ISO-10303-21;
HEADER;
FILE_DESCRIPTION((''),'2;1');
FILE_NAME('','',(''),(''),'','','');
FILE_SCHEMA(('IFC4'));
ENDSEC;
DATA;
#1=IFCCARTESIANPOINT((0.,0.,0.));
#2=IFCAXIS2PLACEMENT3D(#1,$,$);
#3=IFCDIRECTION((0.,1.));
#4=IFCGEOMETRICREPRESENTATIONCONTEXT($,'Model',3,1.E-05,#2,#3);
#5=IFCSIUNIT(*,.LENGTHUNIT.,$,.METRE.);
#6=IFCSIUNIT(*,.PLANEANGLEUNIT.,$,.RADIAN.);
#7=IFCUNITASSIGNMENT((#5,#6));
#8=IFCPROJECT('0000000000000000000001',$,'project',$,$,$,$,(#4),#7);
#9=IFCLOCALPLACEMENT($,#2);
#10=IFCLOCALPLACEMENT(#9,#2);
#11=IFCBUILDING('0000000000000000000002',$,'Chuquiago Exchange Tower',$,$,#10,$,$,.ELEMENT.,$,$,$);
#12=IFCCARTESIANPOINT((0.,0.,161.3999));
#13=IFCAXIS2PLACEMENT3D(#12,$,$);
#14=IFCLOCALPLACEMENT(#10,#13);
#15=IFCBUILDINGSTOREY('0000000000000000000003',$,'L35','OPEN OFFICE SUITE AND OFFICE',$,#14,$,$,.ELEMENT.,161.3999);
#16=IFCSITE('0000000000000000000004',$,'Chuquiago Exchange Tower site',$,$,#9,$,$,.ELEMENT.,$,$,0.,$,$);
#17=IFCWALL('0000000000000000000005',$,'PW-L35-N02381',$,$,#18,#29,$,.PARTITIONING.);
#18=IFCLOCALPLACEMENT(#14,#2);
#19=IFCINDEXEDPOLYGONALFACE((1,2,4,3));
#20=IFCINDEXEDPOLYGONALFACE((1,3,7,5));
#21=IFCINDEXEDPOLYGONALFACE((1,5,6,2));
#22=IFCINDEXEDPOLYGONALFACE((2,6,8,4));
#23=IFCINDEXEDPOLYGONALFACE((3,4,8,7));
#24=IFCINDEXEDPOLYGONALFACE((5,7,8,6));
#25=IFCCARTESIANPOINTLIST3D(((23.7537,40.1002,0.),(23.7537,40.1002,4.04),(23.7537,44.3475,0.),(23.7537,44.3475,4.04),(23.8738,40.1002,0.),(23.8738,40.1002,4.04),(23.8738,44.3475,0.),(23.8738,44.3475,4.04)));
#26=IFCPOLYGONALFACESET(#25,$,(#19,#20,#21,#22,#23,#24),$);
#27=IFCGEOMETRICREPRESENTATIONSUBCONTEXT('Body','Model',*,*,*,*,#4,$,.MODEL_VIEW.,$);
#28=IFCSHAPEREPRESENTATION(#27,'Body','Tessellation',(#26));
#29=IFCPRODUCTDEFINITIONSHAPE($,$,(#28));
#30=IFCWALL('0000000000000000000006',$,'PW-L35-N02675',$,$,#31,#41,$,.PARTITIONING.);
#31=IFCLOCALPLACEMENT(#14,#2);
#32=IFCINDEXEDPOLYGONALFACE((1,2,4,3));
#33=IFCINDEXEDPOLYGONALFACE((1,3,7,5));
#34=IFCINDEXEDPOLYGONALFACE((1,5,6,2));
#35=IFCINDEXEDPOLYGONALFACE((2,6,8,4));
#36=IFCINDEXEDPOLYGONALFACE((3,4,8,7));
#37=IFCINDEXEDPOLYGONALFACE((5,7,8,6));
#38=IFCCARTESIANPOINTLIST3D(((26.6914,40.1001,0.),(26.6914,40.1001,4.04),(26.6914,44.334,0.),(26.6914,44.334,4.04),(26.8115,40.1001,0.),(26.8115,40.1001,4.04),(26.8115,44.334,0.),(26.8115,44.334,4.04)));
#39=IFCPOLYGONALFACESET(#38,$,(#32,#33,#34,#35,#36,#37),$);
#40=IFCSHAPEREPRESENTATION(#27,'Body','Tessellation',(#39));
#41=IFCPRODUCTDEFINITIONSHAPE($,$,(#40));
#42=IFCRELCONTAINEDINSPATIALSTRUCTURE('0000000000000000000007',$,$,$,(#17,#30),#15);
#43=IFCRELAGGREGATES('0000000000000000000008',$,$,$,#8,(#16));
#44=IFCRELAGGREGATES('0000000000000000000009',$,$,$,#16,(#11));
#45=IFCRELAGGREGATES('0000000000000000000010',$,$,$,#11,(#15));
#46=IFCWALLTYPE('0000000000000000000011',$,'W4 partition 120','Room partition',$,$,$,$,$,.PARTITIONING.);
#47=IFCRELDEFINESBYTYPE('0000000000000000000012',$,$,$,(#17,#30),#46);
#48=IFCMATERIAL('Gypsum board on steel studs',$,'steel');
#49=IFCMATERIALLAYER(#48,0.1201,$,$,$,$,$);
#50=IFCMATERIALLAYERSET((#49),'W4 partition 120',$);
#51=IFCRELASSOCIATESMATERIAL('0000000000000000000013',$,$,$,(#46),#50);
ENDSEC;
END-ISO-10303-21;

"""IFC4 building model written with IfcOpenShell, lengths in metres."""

from ifc_helpers import new_model, si_unit, direction, frame, frame_2d, origin, place, context, subcontext, project, spatial, rectangle, extrude, material, layer, layer_set, type_object, element, save


model = new_model("IFC4")

# Units and contexts
model_context = context("Model", 3, precision=1e-05, world=origin(), true_north=direction((0.0, 1.0)))
body_context = subcontext(model_context, "Body", "Model", "MODEL_VIEW")
ifc_project = project(units=[si_unit("LENGTHUNIT", "METRE"), si_unit("PLANEANGLEUNIT", "RADIAN")], contexts=[model_context])

# Site, building, storey
site_placement = place(None, origin())
site = spatial("IfcSite", under=ifc_project, at=site_placement, Name="Chuquiago Exchange Tower site", CompositionType="ELEMENT", RefElevation=0.0)
building_placement = place(site_placement, origin())
building = spatial("IfcBuilding", under=site, at=building_placement, Name="Chuquiago Exchange Tower", CompositionType="ELEMENT")
storey_placement = place(building_placement, frame((0.0, 0.0, 161.3999)))
storey = spatial("IfcBuildingStorey", under=building, at=storey_placement, Name="L35", Description="OPEN OFFICE SUITE AND OFFICE", CompositionType="ELEMENT", Elevation=161.3999)

# Walls
ifc_material_1 = material(Name="Gypsum board on steel studs", Category="steel")
ifc_layer_1 = layer(ifc_material_1, 0.1201)
ifc_layer_set_1 = layer_set([ifc_layer_1], Name="W4 partition 120")
wall_type_1 = type_object("IfcWallType", Name="W4 partition 120", Description="Room partition", PredefinedType="PARTITIONING", material=ifc_layer_set_1)
wall_1_placement = place(storey_placement, frame((23.8137, 44.3474, 0.0), z_axis=(0.0, 0.0, 1.0), x_axis=(0.0, -1.0, 0.0)))
element("IfcWall", 1, at=wall_1_placement, inside=storey, type_object=wall_type_1, Name="PW-L35-N02381", PredefinedType="PARTITIONING", context=body_context, shape_type="SweptSolid", body=[
    extrude(rectangle(XDim=4.2473, YDim=0.1201, at=frame_2d((2.1235, 0.0))), origin(), (0.0, 0.0, 1.0), 4.04),
])
wall_2_placement = place(storey_placement, frame((26.7515, 44.334, 0.0), z_axis=(0.0, 0.0, 1.0), x_axis=(0.0, -1.0, 0.0)))
element("IfcWall", 2, at=wall_2_placement, inside=storey, type_object=wall_type_1, Name="PW-L35-N02675", PredefinedType="PARTITIONING", context=body_context, shape_type="SweptSolid", body=[
    extrude(rectangle(XDim=4.2339, YDim=0.1201, at=frame_2d((2.1169, 0.0))), origin(), (0.0, 0.0, 1.0), 4.04),
])

save(model, "model.ifc")
